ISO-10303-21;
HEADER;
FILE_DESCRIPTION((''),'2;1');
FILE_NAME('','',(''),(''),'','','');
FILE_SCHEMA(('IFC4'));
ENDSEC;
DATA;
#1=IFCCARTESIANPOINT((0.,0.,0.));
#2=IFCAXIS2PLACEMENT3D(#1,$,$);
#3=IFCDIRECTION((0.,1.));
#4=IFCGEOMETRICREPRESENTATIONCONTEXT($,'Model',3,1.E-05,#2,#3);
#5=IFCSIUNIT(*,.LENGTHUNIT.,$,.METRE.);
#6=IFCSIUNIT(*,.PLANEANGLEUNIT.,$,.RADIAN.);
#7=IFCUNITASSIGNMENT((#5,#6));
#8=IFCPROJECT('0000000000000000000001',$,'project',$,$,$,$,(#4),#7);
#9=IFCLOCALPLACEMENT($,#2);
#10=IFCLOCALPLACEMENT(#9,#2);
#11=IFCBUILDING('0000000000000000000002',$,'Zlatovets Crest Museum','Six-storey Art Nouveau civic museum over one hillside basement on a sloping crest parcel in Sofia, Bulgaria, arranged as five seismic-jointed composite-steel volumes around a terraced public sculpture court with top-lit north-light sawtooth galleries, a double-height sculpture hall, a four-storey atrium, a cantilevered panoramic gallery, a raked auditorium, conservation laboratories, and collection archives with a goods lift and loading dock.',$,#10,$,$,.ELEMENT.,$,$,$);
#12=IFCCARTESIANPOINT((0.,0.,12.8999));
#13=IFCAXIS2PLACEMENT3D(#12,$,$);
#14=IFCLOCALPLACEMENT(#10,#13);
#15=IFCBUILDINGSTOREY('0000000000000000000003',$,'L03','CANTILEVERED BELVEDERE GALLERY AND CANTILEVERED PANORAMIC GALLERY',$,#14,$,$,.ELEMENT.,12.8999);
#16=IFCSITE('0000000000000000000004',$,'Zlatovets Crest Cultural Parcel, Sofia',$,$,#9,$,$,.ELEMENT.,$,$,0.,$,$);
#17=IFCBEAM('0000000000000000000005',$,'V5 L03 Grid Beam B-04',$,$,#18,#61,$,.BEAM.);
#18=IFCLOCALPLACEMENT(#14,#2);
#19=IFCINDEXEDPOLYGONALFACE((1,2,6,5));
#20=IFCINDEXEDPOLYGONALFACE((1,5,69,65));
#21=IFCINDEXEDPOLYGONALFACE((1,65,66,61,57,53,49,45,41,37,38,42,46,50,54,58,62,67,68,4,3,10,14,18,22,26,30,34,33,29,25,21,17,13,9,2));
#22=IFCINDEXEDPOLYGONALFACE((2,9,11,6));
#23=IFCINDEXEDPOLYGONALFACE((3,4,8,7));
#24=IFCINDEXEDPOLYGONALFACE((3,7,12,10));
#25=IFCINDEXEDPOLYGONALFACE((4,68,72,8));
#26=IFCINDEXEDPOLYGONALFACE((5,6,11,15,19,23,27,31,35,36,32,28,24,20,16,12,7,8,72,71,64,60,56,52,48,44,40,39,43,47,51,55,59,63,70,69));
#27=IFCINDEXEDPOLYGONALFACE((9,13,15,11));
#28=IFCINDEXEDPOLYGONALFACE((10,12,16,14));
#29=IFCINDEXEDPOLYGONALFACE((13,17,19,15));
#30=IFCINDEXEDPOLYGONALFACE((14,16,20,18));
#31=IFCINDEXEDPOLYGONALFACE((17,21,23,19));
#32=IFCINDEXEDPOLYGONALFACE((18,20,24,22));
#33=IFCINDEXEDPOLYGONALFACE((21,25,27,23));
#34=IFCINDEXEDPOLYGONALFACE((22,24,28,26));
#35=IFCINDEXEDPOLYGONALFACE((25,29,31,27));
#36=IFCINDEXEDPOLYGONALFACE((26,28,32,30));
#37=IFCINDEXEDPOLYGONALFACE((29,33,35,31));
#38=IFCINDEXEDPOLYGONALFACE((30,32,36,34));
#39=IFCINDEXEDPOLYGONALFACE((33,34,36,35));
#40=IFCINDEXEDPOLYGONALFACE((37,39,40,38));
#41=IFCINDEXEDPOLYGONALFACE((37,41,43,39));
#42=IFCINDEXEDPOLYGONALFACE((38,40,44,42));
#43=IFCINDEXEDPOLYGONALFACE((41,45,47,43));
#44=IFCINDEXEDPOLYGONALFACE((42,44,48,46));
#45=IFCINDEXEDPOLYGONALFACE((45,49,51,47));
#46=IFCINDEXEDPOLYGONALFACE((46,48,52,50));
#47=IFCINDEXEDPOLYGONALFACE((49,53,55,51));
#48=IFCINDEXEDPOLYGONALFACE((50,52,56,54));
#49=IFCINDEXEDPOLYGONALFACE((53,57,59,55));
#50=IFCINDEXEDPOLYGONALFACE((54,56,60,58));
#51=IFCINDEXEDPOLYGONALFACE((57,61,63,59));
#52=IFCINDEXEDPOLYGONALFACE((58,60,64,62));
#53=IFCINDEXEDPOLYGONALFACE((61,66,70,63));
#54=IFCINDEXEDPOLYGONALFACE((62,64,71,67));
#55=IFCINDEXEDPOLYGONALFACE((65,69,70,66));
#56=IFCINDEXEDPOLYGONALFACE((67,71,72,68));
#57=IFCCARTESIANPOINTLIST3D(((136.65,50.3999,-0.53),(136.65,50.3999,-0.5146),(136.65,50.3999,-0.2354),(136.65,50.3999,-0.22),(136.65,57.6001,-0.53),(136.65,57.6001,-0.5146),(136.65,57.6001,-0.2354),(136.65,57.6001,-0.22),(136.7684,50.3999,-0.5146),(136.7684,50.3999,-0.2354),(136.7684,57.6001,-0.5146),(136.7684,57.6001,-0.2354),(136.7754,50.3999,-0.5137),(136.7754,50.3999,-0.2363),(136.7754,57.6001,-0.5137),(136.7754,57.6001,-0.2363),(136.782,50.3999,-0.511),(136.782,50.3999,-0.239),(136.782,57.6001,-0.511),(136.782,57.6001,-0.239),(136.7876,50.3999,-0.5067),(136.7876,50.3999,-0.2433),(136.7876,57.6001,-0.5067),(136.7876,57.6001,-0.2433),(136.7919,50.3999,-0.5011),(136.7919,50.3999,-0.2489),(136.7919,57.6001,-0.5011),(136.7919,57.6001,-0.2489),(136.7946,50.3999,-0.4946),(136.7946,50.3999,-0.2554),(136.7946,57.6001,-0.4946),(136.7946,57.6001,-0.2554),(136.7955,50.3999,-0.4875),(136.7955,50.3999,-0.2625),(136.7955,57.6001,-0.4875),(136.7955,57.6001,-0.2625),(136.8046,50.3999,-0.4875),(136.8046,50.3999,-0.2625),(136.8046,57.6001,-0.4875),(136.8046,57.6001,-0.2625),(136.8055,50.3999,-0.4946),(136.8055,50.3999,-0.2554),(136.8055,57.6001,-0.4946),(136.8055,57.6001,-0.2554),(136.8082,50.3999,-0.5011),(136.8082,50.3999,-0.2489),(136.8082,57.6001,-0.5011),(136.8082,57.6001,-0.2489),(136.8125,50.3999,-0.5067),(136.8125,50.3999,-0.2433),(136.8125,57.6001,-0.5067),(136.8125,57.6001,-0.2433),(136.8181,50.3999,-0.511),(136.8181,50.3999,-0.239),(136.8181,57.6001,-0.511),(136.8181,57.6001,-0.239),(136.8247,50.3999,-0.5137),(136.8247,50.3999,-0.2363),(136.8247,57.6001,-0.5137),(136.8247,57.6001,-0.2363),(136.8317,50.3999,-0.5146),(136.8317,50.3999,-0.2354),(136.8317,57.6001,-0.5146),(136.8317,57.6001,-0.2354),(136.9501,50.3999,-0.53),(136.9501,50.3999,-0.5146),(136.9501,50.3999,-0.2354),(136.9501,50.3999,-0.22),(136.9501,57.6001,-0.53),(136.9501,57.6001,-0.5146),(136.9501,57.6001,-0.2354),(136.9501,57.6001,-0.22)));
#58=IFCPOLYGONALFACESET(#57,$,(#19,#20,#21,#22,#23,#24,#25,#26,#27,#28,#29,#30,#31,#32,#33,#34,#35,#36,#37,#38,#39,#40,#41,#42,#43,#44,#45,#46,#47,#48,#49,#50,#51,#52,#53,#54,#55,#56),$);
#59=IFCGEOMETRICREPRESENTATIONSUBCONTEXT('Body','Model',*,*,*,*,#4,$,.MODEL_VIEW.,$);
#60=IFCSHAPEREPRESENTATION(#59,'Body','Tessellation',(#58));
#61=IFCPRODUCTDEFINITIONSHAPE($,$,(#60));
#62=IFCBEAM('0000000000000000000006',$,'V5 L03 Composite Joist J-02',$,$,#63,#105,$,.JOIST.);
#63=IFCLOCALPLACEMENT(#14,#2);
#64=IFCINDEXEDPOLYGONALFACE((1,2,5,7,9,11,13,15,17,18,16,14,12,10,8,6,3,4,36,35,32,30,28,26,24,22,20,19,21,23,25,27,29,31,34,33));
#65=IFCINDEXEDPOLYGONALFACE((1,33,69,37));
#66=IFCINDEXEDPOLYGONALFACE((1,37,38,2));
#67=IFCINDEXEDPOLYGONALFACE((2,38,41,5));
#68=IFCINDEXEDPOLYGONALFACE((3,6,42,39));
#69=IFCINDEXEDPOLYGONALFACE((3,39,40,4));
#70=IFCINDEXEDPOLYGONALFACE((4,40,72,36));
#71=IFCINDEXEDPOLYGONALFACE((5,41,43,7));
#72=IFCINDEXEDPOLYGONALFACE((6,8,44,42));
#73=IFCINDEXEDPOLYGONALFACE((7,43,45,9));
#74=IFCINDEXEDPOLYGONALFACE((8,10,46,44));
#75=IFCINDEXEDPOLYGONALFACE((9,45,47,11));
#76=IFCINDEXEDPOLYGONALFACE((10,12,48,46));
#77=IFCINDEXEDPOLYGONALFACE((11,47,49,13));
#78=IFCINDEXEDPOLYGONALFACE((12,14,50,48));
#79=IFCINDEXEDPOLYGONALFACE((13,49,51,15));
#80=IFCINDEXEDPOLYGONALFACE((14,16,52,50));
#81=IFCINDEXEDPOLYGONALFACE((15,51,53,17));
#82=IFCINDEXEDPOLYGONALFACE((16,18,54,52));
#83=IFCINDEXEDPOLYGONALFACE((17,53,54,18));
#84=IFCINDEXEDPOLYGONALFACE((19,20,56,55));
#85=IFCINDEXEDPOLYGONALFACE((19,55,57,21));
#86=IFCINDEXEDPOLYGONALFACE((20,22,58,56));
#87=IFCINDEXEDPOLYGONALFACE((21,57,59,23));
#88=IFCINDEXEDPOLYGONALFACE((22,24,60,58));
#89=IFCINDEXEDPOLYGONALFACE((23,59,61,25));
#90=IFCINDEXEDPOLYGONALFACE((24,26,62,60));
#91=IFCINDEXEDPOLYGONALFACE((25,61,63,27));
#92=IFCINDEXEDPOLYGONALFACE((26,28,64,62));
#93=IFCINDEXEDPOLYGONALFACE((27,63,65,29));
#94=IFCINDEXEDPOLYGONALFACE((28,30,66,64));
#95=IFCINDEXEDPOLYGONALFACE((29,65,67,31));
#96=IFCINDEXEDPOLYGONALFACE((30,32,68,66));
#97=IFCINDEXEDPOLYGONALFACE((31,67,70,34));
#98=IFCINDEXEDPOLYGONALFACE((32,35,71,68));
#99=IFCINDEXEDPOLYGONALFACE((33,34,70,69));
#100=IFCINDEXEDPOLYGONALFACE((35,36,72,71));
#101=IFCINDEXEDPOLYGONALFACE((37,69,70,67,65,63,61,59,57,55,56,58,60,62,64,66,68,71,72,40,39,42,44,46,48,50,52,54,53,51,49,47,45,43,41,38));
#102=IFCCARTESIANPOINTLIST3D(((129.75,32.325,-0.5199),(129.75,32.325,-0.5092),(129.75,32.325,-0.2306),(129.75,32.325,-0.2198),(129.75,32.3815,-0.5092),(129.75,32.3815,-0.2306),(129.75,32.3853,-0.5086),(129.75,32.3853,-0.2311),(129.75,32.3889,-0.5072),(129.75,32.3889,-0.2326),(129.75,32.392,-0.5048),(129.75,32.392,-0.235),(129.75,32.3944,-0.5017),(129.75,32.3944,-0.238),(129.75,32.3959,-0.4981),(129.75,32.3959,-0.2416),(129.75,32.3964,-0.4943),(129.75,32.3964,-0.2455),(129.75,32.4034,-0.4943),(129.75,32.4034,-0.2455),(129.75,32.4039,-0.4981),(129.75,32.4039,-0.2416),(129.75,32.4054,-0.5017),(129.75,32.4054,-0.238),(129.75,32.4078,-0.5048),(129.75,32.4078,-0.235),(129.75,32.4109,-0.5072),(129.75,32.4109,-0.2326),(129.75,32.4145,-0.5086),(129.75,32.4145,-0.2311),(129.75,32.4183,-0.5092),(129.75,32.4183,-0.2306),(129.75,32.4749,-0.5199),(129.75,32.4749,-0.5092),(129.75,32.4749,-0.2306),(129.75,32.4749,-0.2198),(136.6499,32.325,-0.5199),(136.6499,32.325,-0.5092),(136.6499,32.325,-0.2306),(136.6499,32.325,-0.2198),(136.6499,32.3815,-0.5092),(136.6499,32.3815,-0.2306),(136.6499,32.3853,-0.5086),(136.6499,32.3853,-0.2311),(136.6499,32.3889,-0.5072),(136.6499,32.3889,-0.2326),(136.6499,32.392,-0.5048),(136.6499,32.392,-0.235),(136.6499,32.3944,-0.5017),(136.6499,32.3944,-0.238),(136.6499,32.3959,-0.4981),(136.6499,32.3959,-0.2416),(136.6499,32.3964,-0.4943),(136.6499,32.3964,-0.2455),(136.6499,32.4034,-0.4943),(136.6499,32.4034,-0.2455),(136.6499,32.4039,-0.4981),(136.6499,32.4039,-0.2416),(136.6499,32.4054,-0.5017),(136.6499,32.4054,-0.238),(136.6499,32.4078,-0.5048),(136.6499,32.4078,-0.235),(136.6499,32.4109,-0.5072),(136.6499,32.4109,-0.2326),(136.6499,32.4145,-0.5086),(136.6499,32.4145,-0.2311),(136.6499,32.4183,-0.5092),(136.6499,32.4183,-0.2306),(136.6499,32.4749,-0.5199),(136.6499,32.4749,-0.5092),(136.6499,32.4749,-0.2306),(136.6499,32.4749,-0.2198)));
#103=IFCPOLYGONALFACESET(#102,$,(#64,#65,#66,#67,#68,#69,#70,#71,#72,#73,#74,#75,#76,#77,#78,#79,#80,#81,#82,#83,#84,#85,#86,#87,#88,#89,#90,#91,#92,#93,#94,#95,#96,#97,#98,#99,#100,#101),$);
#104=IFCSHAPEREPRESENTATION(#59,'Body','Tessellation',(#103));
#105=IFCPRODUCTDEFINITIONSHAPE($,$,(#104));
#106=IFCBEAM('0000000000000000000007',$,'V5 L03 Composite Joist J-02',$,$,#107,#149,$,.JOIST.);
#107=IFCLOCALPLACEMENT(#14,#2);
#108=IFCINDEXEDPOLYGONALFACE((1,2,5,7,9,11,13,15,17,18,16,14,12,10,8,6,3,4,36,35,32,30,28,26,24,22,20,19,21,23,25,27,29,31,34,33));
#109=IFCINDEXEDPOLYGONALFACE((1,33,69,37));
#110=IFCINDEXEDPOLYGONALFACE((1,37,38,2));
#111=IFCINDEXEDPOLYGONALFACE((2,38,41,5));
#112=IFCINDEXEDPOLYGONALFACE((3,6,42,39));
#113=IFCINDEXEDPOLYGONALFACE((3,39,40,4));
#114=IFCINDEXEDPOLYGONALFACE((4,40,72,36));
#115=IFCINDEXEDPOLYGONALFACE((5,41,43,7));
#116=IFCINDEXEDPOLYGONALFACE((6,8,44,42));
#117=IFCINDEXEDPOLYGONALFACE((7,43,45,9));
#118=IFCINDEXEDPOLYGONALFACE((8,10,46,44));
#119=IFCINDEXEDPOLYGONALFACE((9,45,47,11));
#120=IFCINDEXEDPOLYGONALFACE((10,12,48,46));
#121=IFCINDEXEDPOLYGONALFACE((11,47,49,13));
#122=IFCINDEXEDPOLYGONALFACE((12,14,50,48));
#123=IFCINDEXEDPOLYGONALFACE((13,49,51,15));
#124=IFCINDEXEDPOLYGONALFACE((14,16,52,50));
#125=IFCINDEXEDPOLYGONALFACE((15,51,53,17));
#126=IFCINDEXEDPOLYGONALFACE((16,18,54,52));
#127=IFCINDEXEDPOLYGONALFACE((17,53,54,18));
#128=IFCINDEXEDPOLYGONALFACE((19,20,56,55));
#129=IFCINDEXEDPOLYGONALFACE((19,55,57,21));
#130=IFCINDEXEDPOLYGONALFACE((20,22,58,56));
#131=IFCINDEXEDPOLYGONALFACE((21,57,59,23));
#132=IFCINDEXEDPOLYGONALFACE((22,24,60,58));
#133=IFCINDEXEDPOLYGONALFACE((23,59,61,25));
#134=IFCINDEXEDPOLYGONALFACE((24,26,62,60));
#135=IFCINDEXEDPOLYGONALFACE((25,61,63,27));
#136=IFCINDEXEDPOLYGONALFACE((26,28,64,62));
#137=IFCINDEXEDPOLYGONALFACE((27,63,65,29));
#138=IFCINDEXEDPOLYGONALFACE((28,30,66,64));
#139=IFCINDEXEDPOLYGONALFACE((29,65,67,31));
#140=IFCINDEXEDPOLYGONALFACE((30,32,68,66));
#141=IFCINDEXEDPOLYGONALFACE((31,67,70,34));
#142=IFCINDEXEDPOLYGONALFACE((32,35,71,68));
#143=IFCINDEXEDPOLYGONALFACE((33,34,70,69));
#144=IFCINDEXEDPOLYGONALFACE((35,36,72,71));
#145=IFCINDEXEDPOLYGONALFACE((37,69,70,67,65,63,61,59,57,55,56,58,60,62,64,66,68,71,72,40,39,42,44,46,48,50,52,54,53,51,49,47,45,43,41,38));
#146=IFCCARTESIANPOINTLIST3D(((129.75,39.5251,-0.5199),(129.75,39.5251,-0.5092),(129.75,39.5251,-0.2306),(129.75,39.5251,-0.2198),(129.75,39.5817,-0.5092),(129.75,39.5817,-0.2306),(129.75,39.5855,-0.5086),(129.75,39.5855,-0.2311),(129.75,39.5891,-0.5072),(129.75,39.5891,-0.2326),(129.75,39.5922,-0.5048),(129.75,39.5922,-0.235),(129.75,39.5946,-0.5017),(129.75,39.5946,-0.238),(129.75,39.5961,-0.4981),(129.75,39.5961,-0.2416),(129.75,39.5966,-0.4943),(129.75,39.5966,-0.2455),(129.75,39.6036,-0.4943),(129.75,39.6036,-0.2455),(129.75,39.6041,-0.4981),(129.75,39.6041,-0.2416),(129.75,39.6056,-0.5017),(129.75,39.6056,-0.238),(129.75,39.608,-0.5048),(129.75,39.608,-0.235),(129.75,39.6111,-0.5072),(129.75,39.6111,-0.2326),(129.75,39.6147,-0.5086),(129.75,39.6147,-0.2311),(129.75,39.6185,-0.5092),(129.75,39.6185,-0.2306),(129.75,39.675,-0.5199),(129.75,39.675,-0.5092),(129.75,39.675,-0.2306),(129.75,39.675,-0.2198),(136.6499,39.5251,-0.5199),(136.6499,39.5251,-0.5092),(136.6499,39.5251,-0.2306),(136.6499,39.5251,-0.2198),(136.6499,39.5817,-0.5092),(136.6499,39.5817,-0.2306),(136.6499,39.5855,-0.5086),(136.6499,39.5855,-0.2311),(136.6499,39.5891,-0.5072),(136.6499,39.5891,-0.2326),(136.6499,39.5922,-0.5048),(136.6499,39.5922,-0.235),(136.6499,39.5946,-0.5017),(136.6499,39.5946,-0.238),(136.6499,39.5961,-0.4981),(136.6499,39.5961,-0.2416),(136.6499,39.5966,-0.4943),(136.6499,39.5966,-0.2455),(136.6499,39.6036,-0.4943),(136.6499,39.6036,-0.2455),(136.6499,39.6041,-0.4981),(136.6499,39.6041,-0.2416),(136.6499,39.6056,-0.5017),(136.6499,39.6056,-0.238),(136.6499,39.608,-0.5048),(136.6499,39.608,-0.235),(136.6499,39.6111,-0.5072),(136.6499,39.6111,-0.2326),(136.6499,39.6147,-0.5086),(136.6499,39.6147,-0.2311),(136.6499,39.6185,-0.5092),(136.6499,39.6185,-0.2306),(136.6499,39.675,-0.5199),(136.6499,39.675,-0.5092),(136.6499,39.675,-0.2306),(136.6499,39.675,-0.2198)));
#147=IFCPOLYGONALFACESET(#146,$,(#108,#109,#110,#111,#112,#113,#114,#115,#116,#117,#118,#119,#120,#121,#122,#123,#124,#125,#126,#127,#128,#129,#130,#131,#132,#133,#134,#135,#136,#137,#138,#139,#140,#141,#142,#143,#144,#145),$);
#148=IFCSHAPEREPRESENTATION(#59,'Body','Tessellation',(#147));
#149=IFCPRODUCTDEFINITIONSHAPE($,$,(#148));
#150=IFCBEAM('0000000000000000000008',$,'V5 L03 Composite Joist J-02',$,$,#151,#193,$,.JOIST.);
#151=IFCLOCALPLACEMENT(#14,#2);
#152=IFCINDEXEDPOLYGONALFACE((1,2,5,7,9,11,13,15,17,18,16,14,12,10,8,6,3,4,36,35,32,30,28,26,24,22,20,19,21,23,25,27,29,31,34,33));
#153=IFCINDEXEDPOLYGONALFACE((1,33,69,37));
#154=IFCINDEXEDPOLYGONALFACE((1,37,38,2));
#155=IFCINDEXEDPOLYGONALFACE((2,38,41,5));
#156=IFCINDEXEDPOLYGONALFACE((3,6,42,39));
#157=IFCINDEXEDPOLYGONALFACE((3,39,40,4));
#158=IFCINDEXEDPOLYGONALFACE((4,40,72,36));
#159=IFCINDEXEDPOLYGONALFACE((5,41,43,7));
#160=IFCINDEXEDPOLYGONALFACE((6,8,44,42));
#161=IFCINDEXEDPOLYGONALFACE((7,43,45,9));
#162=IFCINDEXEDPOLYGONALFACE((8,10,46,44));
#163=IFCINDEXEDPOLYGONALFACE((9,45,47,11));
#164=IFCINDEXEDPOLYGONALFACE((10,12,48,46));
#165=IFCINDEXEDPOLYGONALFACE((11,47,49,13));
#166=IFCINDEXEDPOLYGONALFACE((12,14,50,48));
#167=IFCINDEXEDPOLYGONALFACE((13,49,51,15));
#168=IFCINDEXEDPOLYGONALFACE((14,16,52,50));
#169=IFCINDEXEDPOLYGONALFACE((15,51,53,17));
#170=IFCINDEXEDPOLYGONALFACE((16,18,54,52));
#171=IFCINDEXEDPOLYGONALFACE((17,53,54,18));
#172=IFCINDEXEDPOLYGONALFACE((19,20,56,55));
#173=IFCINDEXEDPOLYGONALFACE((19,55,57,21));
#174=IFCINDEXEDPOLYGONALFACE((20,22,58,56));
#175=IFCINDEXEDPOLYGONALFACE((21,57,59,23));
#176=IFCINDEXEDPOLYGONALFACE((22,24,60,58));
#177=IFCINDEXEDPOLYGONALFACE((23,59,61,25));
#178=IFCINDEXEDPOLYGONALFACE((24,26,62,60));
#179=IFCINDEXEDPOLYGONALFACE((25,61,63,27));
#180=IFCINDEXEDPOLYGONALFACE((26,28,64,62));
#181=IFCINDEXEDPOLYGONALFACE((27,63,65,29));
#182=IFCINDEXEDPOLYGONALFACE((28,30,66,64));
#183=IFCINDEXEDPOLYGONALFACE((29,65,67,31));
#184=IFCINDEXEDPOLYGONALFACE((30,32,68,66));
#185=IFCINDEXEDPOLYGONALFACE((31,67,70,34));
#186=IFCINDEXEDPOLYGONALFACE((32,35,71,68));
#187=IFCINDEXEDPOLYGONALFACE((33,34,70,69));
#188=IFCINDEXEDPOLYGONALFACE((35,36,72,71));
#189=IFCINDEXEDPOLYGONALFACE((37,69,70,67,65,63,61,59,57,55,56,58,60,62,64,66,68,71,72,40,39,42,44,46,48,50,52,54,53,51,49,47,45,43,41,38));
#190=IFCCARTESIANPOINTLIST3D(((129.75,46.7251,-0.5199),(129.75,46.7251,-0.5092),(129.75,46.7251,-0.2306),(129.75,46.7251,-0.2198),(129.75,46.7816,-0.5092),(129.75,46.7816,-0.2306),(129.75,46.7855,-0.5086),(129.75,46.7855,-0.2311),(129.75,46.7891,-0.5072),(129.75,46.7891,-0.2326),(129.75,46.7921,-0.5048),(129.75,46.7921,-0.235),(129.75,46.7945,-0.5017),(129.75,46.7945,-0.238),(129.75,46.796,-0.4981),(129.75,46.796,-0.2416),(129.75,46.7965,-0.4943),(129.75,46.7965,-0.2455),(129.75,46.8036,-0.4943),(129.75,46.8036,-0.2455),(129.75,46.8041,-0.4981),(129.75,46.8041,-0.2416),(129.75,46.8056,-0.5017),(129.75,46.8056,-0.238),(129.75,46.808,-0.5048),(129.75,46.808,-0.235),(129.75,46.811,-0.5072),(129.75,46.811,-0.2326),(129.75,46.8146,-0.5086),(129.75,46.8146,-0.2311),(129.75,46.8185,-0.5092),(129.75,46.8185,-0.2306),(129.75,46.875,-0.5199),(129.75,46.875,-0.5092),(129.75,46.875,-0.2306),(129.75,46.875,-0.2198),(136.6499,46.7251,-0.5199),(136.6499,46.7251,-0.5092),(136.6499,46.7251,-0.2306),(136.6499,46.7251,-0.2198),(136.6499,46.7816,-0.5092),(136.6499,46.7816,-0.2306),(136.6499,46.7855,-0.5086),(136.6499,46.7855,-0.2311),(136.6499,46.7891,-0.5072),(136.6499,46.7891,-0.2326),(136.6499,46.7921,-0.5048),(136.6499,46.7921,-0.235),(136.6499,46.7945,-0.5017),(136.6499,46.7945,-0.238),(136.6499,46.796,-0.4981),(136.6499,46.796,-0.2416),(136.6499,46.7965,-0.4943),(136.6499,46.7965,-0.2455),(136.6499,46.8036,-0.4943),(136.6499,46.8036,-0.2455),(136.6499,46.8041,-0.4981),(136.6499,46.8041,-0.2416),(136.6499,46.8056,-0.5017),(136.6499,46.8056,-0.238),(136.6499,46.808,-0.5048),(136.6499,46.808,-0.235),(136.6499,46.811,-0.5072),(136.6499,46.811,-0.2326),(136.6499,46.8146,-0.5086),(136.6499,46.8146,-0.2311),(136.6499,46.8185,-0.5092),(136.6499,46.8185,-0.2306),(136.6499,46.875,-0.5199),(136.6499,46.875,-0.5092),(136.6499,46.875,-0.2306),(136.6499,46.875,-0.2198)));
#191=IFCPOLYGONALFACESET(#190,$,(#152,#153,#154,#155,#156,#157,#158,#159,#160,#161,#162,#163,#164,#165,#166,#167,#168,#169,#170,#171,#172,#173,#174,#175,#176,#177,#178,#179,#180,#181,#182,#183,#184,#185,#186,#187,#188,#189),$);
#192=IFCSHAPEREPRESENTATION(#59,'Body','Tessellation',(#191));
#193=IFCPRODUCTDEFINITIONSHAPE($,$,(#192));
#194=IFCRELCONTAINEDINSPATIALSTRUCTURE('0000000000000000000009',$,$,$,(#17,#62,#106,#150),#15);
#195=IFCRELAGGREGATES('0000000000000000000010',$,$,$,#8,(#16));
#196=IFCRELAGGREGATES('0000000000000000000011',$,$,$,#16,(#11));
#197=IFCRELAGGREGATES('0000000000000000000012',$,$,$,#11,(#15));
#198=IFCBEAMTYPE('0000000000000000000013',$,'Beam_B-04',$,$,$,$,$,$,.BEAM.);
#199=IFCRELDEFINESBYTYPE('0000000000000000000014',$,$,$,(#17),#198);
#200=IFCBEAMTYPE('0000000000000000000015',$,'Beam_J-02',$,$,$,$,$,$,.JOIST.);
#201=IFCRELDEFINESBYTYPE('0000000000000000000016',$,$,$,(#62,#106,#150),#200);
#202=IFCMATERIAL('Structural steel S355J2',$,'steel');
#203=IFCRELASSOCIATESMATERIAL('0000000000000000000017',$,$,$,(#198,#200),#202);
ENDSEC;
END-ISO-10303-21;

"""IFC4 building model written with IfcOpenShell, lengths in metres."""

from ifc_helpers import new_model, si_unit, direction, frame, origin, origin_2d, place, context, subcontext, project, spatial, i_section, extrude, material, material_profile, profile_set, type_object, element, save


model = new_model("IFC4")

# Units and contexts
model_context = context("Model", 3, precision=1e-05, world=origin(), true_north=direction((0.0, 1.0)))
body_context = subcontext(model_context, "Body", "Model", "MODEL_VIEW")
ifc_project = project(units=[si_unit("LENGTHUNIT", "METRE"), si_unit("PLANEANGLEUNIT", "RADIAN")], contexts=[model_context])

# Site, building, storey
site_placement = place(None, origin())
site = spatial("IfcSite", under=ifc_project, at=site_placement, Name="Zlatovets Crest Cultural Parcel, Sofia", CompositionType="ELEMENT", RefElevation=0.0)
building_placement = place(site_placement, origin())
building = spatial("IfcBuilding", under=site, at=building_placement, Name="Zlatovets Crest Museum", Description="Six-storey Art Nouveau civic museum over one hillside basement on a sloping crest parcel in Sofia, Bulgaria, arranged as five seismic-jointed composite-steel volumes around a terraced public sculpture court with top-lit north-light sawtooth galleries, a double-height sculpture hall, a four-storey atrium, a cantilevered panoramic gallery, a raked auditorium, conservation laboratories, and collection archives with a goods lift and loading dock.", CompositionType="ELEMENT")
storey_placement = place(building_placement, frame((0.0, 0.0, 12.8999)))
storey = spatial("IfcBuildingStorey", under=building, at=storey_placement, Name="L03", Description="CANTILEVERED BELVEDERE GALLERY AND CANTILEVERED PANORAMIC GALLERY", CompositionType="ELEMENT", Elevation=12.8999)

# Beams
ifc_material_1 = material(Name="Structural steel S355J2", Category="steel")
ifc_material_profile_1 = material_profile(ifc_material_1, i_section(OverallWidth=0.3, OverallDepth=0.3101, WebThickness=0.009, FlangeThickness=0.0154, FilletRadius=0.0271, at=origin_2d()), Name="HEA 320")
ifc_profile_set_1 = profile_set([ifc_material_profile_1], Name="Structural steel S355J2")
beam_type_1 = type_object("IfcBeamType", Name="Beam_B-04", PredefinedType="BEAM", material=ifc_profile_set_1)
beam_1_placement = place(storey_placement, frame((136.8, 50.3999, -0.375), z_axis=(0.0, 1.0, 0.0), x_axis=(-1.0, 0.0, 0.0)))
element("IfcBeam", 1, at=beam_1_placement, inside=storey, type_object=beam_type_1, Name="V5 L03 Grid Beam B-04", PredefinedType="BEAM", context=body_context, shape_type="SweptSolid", body=[
    extrude(i_section(OverallWidth=0.3, OverallDepth=0.3101, WebThickness=0.009, FlangeThickness=0.0154, FilletRadius=0.0271, at=origin_2d()), origin(), (0.0, 0.0, 1.0), 7.2002),
])
ifc_material_profile_2 = material_profile(ifc_material_1, i_section(OverallWidth=0.1499, OverallDepth=0.3, WebThickness=0.0071, FlangeThickness=0.0107, FilletRadius=0.0149, at=origin_2d()), Name="IPE 300")
ifc_profile_set_2 = profile_set([ifc_material_profile_2], Name="Structural steel S355J2")
beam_type_2 = type_object("IfcBeamType", Name="Beam_J-02", PredefinedType="JOIST", material=ifc_profile_set_2)
for number, where, z_axis, x_axis, name in (
    (2, (129.75, 32.3999, -0.3699), (1.0, 0.0, 0.0), (0.0, 1.0, 0.0), "V5 L03 Composite Joist J-02"),
    (3, (129.75, 39.6001, -0.3699), (1.0, 0.0, 0.0), (0.0, 1.0, 0.0), "V5 L03 Composite Joist J-02"),
    (4, (129.75, 46.8, -0.3699), (1.0, 0.0, 0.0), (0.0, 1.0, 0.0), "V5 L03 Composite Joist J-02"),
):
    element("IfcBeam", number, at=place(storey_placement, frame(where, z_axis=z_axis, x_axis=x_axis)), inside=storey, type_object=beam_type_2, Name=name, PredefinedType="JOIST", context=body_context, shape_type="SweptSolid", body=[
        extrude(i_section(OverallWidth=0.1499, OverallDepth=0.3, WebThickness=0.0071, FlangeThickness=0.0107, FilletRadius=0.0149, at=origin_2d()), origin(), (0.0, 0.0, 1.0), 6.8999),
    ])

save(model, "model.ifc")
